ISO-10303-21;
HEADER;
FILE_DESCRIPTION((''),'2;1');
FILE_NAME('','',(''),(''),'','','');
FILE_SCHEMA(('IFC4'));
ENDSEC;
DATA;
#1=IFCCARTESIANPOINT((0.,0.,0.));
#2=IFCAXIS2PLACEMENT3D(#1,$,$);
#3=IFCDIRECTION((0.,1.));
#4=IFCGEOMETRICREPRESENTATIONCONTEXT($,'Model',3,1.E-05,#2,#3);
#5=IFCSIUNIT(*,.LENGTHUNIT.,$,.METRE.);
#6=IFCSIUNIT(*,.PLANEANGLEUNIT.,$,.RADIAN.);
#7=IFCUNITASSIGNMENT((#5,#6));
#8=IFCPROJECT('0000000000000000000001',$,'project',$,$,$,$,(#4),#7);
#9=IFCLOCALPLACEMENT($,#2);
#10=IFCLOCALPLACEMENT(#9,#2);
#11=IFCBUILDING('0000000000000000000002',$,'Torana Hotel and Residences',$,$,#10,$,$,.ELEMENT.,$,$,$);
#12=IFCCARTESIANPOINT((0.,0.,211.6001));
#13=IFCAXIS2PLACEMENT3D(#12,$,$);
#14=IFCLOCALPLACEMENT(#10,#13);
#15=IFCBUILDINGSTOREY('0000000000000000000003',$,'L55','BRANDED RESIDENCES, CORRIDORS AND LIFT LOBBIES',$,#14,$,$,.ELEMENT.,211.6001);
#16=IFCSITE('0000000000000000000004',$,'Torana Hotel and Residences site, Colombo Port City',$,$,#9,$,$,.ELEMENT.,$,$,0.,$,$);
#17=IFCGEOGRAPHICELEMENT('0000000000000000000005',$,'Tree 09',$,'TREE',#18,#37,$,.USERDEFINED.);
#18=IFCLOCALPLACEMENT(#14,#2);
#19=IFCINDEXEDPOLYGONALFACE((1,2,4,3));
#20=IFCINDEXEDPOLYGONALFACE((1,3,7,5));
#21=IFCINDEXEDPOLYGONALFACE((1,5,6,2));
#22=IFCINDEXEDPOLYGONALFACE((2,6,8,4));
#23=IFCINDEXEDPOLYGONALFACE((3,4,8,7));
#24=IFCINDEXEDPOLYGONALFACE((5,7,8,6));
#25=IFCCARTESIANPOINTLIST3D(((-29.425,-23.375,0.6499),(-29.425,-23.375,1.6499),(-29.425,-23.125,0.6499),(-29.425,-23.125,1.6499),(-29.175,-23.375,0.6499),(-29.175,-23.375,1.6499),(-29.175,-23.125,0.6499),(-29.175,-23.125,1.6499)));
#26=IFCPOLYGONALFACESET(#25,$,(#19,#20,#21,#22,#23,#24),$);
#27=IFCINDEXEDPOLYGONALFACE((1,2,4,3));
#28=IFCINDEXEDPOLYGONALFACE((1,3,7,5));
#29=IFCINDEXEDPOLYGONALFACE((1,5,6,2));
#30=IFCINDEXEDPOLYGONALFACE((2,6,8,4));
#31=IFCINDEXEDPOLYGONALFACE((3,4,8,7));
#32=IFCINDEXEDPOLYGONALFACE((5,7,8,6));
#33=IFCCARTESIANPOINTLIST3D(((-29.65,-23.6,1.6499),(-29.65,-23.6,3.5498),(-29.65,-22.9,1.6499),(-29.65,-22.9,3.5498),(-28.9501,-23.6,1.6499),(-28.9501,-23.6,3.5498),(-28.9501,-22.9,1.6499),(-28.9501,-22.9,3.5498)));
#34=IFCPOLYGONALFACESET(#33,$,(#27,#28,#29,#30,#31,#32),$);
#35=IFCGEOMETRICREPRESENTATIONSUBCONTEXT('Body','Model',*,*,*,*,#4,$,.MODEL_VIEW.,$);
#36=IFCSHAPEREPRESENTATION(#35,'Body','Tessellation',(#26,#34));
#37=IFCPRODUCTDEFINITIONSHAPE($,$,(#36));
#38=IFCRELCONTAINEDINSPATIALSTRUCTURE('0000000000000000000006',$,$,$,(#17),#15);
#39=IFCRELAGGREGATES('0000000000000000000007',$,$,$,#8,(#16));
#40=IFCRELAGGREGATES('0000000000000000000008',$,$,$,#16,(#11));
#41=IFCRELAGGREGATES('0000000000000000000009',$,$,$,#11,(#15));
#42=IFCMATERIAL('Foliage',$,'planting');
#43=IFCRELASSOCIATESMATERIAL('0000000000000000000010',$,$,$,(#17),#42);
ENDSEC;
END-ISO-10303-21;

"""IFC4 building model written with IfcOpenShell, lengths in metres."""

from ifc_helpers import new_model, si_unit, direction, frame, origin, origin_2d, place, context, subcontext, project, spatial, rectangle, extrude, material, element, save


model = new_model("IFC4")

# Units and contexts
model_context = context("Model", 3, precision=1e-05, world=origin(), true_north=direction((0.0, 1.0)))
body_context = subcontext(model_context, "Body", "Model", "MODEL_VIEW")
ifc_project = project(units=[si_unit("LENGTHUNIT", "METRE"), si_unit("PLANEANGLEUNIT", "RADIAN")], contexts=[model_context])

# Site, building, storey
site_placement = place(None, origin())
site = spatial("IfcSite", under=ifc_project, at=site_placement, Name="Torana Hotel and Residences site, Colombo Port City", CompositionType="ELEMENT", RefElevation=0.0)
building_placement = place(site_placement, origin())
building = spatial("IfcBuilding", under=site, at=building_placement, Name="Torana Hotel and Residences", CompositionType="ELEMENT")
storey_placement = place(building_placement, frame((0.0, 0.0, 211.6001)))
storey = spatial("IfcBuildingStorey", under=building, at=storey_placement, Name="L55", Description="BRANDED RESIDENCES, CORRIDORS AND LIFT LOBBIES", CompositionType="ELEMENT", Elevation=211.6001)

# Geographic element
ifc_material_1 = material(Name="Foliage", Category="planting")
geographic_element_placement = place(storey_placement, frame((-29.3, -23.25, 0.6499), z_axis=(0.0, 0.0, 1.0), x_axis=(1.0, 0.0, 0.0)))
element("IfcGeographicElement", 1, at=geographic_element_placement, inside=storey, material=ifc_material_1, Name="Tree 09", ObjectType="TREE", PredefinedType="USERDEFINED", context=body_context, shape_type="SweptSolid", body=[
    extrude(rectangle(XDim=0.25, YDim=0.25, at=origin_2d()), origin(), (0.0, 0.0, 1.0), 1.0),
    extrude(rectangle(XDim=0.7, YDim=0.7, at=origin_2d()), frame((0.0, 0.0, 1.0)), (0.0, 0.0, 1.0), 1.8999),
])

save(model, "model.ifc")
